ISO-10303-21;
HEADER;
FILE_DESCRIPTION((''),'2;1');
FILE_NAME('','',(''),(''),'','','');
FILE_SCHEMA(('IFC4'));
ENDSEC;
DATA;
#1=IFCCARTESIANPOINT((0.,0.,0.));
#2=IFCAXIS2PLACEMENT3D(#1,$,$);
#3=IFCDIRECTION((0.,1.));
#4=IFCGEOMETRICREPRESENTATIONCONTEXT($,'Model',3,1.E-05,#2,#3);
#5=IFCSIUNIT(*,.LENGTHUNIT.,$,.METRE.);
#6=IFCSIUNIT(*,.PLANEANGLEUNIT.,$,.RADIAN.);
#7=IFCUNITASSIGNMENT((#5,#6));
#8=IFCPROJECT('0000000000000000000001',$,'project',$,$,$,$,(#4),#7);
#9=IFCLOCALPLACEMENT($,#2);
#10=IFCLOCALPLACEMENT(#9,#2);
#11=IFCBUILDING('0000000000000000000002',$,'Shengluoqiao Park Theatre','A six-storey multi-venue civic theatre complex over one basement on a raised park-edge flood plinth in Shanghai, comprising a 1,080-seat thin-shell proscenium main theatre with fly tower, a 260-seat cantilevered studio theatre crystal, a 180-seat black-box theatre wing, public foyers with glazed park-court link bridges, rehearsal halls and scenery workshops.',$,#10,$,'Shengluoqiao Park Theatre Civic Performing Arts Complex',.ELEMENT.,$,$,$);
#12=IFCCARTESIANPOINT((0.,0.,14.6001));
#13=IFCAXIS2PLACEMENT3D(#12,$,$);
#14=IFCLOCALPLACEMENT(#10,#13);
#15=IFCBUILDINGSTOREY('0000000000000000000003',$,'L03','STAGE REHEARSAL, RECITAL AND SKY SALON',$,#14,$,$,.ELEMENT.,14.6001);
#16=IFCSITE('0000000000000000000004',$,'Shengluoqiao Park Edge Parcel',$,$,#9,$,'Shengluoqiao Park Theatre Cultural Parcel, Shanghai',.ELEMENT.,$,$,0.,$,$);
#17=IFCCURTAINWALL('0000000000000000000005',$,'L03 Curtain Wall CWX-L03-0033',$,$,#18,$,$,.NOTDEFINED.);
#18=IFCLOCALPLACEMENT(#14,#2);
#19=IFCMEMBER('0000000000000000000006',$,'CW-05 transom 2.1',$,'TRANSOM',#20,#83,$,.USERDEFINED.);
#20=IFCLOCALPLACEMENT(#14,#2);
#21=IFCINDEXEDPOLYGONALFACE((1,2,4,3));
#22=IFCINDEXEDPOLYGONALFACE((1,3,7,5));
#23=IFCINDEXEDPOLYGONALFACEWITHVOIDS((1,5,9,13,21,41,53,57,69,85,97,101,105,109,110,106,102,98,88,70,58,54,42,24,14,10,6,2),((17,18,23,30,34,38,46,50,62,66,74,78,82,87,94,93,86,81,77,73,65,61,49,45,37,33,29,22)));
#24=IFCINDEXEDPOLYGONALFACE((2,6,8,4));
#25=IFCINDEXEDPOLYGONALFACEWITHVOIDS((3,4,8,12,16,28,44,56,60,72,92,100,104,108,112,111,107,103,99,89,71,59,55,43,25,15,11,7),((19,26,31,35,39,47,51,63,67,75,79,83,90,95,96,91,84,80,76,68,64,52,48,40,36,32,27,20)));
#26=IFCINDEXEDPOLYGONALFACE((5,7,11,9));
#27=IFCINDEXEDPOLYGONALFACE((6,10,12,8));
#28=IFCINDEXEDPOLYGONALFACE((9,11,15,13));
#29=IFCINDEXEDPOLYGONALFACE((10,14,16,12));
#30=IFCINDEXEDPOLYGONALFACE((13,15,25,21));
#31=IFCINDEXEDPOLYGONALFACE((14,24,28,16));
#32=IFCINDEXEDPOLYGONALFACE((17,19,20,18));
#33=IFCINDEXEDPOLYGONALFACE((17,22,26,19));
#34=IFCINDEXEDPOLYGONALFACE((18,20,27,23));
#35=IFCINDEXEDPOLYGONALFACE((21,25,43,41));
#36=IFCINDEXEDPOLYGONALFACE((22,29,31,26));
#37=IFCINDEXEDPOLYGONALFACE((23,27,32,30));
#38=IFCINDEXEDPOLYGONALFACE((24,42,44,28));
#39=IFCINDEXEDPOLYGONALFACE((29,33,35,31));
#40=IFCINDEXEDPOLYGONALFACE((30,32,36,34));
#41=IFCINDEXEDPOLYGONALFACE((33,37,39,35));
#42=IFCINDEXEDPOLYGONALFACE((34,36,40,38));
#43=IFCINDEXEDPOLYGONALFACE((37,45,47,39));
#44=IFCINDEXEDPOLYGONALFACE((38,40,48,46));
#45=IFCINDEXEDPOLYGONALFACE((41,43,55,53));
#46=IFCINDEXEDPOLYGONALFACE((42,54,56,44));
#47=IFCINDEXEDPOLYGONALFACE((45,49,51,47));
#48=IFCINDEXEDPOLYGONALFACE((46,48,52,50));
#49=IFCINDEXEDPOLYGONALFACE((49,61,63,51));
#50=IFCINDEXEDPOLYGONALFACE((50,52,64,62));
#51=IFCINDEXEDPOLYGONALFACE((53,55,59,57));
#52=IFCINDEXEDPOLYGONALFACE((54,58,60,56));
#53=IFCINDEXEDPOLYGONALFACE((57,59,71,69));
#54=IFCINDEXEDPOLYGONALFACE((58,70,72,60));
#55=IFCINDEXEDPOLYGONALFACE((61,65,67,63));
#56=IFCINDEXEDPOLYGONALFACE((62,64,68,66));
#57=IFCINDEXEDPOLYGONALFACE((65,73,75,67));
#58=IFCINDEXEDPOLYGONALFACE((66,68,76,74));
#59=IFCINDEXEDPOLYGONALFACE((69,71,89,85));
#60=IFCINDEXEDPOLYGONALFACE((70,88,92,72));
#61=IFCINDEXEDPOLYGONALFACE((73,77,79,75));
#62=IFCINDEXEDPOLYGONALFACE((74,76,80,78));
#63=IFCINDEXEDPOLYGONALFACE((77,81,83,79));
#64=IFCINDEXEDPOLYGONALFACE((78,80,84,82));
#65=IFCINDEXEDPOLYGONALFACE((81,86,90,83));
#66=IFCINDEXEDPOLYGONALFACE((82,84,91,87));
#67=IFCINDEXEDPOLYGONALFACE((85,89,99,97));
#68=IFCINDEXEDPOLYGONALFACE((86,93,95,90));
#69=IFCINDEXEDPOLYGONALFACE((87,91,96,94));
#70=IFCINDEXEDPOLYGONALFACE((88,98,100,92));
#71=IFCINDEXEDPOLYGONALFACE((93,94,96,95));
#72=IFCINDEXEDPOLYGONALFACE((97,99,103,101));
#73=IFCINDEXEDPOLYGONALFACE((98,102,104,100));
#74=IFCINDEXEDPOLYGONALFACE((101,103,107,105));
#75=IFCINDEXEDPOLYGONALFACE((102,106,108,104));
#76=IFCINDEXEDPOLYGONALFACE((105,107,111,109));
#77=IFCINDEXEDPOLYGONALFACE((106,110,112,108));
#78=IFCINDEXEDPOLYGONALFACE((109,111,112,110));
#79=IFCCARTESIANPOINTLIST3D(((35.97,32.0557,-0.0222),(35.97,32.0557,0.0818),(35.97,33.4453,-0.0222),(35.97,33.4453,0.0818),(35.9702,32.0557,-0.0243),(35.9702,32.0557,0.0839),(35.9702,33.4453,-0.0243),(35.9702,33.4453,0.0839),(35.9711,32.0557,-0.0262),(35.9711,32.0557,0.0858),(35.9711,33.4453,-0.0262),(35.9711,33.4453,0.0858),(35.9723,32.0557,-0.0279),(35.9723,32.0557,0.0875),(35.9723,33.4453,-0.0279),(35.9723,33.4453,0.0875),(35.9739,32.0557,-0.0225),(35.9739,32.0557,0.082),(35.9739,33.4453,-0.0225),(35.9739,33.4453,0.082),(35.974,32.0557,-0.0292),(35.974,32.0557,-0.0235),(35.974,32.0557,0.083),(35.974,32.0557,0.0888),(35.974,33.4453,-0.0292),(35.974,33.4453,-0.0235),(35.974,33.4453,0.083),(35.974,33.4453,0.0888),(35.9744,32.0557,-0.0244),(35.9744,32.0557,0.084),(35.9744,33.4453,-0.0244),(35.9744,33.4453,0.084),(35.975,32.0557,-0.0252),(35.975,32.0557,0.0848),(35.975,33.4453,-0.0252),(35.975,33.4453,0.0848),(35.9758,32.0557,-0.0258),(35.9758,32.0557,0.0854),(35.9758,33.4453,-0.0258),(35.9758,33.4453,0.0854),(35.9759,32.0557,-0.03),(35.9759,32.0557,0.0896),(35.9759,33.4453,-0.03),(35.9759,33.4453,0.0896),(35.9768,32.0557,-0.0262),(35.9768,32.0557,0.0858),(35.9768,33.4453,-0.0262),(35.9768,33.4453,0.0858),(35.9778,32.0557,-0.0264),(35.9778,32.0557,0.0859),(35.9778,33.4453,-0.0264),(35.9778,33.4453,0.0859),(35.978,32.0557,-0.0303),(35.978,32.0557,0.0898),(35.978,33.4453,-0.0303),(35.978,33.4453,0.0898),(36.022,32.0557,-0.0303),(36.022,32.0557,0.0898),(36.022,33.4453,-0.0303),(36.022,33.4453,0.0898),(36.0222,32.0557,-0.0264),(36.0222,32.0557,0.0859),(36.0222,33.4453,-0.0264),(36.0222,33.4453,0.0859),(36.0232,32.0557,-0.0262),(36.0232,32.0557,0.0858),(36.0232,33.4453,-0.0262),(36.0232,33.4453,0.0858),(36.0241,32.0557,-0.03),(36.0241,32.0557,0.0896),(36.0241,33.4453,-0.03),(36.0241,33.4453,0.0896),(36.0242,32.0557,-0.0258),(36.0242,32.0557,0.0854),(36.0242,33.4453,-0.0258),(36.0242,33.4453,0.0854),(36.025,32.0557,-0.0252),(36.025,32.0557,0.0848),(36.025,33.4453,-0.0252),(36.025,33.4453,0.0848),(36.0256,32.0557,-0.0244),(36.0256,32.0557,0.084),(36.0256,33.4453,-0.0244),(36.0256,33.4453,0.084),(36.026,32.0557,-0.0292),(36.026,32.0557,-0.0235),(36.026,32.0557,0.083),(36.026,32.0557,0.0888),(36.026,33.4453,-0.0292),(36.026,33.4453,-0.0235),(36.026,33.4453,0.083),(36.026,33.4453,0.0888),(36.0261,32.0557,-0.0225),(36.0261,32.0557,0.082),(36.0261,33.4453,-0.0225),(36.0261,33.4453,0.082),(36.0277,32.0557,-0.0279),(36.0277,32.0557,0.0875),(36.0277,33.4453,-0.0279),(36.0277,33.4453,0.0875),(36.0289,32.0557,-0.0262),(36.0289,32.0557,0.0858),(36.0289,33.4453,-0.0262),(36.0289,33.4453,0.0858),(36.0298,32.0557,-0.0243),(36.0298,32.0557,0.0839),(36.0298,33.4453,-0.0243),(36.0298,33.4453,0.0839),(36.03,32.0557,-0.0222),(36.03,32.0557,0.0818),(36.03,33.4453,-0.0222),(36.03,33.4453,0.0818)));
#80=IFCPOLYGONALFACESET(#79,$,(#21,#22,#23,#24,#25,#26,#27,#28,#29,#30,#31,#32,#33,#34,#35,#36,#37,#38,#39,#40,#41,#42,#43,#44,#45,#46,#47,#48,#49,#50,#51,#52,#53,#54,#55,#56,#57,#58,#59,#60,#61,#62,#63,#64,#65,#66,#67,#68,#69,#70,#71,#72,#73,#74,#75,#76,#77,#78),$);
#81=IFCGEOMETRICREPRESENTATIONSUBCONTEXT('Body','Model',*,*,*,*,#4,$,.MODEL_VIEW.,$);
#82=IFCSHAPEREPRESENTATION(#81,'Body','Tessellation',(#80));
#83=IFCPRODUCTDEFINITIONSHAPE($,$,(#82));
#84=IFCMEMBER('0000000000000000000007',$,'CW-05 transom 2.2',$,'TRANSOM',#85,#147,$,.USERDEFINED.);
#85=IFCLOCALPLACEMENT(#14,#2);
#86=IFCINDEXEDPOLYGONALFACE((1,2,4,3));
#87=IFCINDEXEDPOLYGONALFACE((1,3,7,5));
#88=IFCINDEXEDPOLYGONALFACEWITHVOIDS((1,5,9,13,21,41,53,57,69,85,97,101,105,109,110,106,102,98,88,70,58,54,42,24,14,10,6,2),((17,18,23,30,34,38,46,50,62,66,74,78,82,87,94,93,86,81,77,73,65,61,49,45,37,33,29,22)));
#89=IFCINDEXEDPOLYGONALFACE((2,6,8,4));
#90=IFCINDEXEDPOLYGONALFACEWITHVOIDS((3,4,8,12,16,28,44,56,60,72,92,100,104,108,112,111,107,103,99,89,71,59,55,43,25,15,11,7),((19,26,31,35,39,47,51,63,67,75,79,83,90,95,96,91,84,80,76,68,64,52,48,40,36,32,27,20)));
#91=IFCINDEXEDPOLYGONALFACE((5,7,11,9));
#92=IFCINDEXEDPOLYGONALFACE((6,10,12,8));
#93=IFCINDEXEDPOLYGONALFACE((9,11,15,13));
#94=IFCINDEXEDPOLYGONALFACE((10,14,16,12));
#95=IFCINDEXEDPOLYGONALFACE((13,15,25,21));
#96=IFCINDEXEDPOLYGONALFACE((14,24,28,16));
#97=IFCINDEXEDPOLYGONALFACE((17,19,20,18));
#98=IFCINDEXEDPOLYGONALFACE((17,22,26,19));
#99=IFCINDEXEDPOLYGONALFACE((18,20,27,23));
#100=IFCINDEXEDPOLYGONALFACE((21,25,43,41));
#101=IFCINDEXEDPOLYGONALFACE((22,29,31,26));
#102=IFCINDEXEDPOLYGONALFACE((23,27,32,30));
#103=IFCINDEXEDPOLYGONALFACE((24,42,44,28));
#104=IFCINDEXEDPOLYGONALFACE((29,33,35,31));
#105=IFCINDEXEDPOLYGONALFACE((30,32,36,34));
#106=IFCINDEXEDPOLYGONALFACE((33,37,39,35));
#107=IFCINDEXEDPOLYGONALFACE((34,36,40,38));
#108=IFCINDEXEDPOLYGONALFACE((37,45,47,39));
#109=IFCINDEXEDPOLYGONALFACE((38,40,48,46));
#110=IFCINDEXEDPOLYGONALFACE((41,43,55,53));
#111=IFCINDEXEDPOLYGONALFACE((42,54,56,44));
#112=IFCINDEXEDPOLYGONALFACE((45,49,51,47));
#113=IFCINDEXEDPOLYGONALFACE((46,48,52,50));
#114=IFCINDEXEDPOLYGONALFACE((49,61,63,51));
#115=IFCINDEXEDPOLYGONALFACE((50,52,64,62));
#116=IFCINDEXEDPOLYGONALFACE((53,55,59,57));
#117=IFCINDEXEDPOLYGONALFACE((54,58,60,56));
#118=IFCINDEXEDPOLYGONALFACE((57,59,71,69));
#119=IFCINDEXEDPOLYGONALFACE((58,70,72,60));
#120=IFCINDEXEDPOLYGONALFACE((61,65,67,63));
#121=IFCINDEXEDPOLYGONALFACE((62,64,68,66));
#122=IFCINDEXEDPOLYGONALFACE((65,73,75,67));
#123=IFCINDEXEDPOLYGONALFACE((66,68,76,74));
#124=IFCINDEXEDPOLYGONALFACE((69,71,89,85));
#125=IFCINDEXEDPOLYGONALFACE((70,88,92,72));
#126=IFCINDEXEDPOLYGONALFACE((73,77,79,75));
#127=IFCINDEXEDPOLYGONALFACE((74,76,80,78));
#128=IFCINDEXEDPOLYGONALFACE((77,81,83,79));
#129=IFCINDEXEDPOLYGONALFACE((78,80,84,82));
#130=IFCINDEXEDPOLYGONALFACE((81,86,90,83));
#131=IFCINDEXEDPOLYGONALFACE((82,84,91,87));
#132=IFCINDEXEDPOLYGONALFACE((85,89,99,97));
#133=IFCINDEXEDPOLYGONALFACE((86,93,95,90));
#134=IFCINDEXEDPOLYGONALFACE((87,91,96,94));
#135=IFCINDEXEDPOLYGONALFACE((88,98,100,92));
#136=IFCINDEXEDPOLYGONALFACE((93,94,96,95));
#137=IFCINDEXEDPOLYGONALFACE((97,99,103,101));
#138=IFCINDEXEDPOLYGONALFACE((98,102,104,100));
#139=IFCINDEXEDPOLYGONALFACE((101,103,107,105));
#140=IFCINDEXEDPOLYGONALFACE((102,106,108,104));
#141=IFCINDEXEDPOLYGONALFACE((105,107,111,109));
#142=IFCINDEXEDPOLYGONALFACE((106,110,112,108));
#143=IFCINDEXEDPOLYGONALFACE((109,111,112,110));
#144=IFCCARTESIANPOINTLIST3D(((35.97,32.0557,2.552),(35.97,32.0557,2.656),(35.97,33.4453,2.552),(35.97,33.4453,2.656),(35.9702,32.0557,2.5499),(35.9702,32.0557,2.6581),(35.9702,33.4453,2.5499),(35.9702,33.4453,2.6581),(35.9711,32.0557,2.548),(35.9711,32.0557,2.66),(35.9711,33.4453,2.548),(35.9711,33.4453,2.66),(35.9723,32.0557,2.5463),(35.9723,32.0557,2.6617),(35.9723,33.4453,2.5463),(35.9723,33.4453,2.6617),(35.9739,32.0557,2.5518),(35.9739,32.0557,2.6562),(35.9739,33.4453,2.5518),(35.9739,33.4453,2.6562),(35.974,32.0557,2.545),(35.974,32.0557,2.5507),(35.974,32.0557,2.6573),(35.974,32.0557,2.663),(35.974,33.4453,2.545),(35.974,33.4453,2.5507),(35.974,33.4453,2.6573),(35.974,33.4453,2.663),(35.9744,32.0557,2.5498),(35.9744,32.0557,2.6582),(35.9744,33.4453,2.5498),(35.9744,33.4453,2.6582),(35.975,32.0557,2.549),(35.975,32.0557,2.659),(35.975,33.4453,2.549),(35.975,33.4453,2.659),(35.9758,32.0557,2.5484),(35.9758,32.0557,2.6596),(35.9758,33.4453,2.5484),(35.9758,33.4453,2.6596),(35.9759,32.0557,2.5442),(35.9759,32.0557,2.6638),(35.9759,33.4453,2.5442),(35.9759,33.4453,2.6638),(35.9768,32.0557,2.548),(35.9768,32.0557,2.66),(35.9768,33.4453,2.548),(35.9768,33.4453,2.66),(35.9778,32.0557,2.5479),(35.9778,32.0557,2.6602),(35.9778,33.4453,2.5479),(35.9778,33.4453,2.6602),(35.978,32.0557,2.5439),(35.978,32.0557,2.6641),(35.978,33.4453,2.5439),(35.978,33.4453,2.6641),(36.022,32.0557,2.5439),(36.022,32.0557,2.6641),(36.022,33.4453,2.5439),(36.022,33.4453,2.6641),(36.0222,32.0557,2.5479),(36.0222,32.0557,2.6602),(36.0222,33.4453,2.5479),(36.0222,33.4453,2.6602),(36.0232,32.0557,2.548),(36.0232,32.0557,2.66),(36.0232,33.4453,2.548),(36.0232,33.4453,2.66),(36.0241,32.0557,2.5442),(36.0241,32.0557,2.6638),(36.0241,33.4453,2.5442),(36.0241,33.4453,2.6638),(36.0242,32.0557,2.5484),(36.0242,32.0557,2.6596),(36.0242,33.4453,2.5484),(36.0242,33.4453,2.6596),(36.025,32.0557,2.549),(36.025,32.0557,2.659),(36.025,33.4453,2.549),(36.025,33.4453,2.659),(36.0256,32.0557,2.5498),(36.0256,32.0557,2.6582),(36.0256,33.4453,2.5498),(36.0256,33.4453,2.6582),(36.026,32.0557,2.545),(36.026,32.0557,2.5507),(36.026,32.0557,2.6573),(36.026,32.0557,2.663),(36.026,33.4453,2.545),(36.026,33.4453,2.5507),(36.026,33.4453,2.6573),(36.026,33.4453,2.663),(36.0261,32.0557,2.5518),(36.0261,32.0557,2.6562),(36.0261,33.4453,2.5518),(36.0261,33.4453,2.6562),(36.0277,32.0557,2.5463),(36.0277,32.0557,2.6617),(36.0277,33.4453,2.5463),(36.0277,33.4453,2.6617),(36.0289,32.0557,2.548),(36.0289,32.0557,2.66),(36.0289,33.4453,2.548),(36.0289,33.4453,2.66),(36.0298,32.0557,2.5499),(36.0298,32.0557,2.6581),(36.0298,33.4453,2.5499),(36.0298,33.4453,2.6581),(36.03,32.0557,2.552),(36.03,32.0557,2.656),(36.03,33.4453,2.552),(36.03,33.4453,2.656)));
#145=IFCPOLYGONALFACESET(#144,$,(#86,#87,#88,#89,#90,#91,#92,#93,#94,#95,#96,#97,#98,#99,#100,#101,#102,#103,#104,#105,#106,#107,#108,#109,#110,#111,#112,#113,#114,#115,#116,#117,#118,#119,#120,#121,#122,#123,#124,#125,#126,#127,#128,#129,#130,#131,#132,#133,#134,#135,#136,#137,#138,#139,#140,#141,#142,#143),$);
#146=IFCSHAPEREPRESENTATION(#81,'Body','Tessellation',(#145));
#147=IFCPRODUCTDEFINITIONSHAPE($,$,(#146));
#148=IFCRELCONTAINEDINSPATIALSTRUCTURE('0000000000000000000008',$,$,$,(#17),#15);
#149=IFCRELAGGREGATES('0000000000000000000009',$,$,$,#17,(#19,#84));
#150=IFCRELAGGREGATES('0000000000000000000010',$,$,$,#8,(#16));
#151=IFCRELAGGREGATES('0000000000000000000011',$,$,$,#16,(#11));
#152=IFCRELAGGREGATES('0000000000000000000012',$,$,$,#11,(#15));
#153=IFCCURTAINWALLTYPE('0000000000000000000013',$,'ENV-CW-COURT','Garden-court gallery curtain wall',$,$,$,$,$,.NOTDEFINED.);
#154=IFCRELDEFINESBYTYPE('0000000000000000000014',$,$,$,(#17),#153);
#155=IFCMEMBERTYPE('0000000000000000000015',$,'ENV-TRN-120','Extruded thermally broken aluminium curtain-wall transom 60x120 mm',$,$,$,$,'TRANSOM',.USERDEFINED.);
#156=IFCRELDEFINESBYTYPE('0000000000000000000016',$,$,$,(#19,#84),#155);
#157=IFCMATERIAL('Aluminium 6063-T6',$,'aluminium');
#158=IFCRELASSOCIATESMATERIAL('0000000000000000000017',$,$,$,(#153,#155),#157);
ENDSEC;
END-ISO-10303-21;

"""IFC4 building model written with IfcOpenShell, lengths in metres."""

from ifc_helpers import new_model, si_unit, direction, frame, origin, origin_2d, place, context, subcontext, project, spatial, hollow_rectangle, extrude, material, material_profile, profile_set, type_object, element, aggregate, save


model = new_model("IFC4")

# Units and contexts
model_context = context("Model", 3, precision=1e-05, world=origin(), true_north=direction((0.0, 1.0)))
body_context = subcontext(model_context, "Body", "Model", "MODEL_VIEW")
ifc_project = project(units=[si_unit("LENGTHUNIT", "METRE"), si_unit("PLANEANGLEUNIT", "RADIAN")], contexts=[model_context])

# Site, building, storey
site_placement = place(None, origin())
site = spatial("IfcSite", under=ifc_project, at=site_placement, Name="Shengluoqiao Park Edge Parcel", LongName="Shengluoqiao Park Theatre Cultural Parcel, Shanghai", CompositionType="ELEMENT", RefElevation=0.0)
building_placement = place(site_placement, origin())
building = spatial("IfcBuilding", under=site, at=building_placement, Name="Shengluoqiao Park Theatre", Description="A six-storey multi-venue civic theatre complex over one basement on a raised park-edge flood plinth in Shanghai, comprising a 1,080-seat thin-shell proscenium main theatre with fly tower, a 260-seat cantilevered studio theatre crystal, a 180-seat black-box theatre wing, public foyers with glazed park-court link bridges, rehearsal halls and scenery workshops.", LongName="Shengluoqiao Park Theatre Civic Performing Arts Complex", CompositionType="ELEMENT")
storey_placement = place(building_placement, frame((0.0, 0.0, 14.6001)))
storey = spatial("IfcBuildingStorey", under=building, at=storey_placement, Name="L03", Description="STAGE REHEARSAL, RECITAL AND SKY SALON", CompositionType="ELEMENT", Elevation=14.6001)

# Curtain wall
ifc_material_1 = material(Name="Aluminium 6063-T6", Category="aluminium")
curtain_wall_type_1 = type_object("IfcCurtainWallType", Name="ENV-CW-COURT", Description="Garden-court gallery curtain wall", PredefinedType="NOTDEFINED", material=ifc_material_1)
curtain_wall_1_placement = place(storey_placement, origin())
curtain_wall_1 = element("IfcCurtainWall", 1, at=curtain_wall_1_placement, inside=storey, type_object=curtain_wall_type_1, Name="L03 Curtain Wall CWX-L03-0033", PredefinedType="NOTDEFINED")

# Members
ifc_material_profile_1 = material_profile(ifc_material_1, hollow_rectangle(XDim=0.0601, YDim=0.1201, WallThickness=0.0039, InnerFilletRadius=0.0039, OuterFilletRadius=0.0081, at=origin_2d()), Name="ALU TRANSOM 120x60x4")
ifc_profile_set_1 = profile_set([ifc_material_profile_1], Name="Aluminium 6063-T6")
member_type_1 = type_object("IfcMemberType", Name="ENV-TRN-120", Description="Extruded thermally broken aluminium curtain-wall transom 60x120 mm", ElementType="TRANSOM", PredefinedType="USERDEFINED", material=ifc_profile_set_1)
member_1_placement = place(storey_placement, frame((36.0, 32.0557, 0.0298), z_axis=(0.0, 1.0, 0.0), x_axis=(-1.0, 0.0, 0.0)))
member_1 = element("IfcMember", 2, at=member_1_placement, type_object=member_type_1, Name="CW-05 transom 2.1", ObjectType="TRANSOM", PredefinedType="USERDEFINED", context=body_context, shape_type="SweptSolid", body=[
    extrude(hollow_rectangle(XDim=0.0601, YDim=0.1201, WallThickness=0.0039, InnerFilletRadius=0.0039, OuterFilletRadius=0.0081, at=origin_2d()), origin(), (0.0, 0.0, 1.0), 1.3896),
])
member_2_placement = place(storey_placement, frame((36.0, 32.0557, 2.604), z_axis=(0.0, 1.0, 0.0), x_axis=(-1.0, 0.0, 0.0)))
member_2 = element("IfcMember", 3, at=member_2_placement, type_object=member_type_1, Name="CW-05 transom 2.2", ObjectType="TRANSOM", PredefinedType="USERDEFINED", context=body_context, shape_type="SweptSolid", body=[
    extrude(hollow_rectangle(XDim=0.0601, YDim=0.1201, WallThickness=0.0039, InnerFilletRadius=0.0039, OuterFilletRadius=0.0081, at=origin_2d()), origin(), (0.0, 0.0, 1.0), 1.3896),
])

aggregate(curtain_wall_1, [member_1, member_2])

save(model, "model.ifc")
